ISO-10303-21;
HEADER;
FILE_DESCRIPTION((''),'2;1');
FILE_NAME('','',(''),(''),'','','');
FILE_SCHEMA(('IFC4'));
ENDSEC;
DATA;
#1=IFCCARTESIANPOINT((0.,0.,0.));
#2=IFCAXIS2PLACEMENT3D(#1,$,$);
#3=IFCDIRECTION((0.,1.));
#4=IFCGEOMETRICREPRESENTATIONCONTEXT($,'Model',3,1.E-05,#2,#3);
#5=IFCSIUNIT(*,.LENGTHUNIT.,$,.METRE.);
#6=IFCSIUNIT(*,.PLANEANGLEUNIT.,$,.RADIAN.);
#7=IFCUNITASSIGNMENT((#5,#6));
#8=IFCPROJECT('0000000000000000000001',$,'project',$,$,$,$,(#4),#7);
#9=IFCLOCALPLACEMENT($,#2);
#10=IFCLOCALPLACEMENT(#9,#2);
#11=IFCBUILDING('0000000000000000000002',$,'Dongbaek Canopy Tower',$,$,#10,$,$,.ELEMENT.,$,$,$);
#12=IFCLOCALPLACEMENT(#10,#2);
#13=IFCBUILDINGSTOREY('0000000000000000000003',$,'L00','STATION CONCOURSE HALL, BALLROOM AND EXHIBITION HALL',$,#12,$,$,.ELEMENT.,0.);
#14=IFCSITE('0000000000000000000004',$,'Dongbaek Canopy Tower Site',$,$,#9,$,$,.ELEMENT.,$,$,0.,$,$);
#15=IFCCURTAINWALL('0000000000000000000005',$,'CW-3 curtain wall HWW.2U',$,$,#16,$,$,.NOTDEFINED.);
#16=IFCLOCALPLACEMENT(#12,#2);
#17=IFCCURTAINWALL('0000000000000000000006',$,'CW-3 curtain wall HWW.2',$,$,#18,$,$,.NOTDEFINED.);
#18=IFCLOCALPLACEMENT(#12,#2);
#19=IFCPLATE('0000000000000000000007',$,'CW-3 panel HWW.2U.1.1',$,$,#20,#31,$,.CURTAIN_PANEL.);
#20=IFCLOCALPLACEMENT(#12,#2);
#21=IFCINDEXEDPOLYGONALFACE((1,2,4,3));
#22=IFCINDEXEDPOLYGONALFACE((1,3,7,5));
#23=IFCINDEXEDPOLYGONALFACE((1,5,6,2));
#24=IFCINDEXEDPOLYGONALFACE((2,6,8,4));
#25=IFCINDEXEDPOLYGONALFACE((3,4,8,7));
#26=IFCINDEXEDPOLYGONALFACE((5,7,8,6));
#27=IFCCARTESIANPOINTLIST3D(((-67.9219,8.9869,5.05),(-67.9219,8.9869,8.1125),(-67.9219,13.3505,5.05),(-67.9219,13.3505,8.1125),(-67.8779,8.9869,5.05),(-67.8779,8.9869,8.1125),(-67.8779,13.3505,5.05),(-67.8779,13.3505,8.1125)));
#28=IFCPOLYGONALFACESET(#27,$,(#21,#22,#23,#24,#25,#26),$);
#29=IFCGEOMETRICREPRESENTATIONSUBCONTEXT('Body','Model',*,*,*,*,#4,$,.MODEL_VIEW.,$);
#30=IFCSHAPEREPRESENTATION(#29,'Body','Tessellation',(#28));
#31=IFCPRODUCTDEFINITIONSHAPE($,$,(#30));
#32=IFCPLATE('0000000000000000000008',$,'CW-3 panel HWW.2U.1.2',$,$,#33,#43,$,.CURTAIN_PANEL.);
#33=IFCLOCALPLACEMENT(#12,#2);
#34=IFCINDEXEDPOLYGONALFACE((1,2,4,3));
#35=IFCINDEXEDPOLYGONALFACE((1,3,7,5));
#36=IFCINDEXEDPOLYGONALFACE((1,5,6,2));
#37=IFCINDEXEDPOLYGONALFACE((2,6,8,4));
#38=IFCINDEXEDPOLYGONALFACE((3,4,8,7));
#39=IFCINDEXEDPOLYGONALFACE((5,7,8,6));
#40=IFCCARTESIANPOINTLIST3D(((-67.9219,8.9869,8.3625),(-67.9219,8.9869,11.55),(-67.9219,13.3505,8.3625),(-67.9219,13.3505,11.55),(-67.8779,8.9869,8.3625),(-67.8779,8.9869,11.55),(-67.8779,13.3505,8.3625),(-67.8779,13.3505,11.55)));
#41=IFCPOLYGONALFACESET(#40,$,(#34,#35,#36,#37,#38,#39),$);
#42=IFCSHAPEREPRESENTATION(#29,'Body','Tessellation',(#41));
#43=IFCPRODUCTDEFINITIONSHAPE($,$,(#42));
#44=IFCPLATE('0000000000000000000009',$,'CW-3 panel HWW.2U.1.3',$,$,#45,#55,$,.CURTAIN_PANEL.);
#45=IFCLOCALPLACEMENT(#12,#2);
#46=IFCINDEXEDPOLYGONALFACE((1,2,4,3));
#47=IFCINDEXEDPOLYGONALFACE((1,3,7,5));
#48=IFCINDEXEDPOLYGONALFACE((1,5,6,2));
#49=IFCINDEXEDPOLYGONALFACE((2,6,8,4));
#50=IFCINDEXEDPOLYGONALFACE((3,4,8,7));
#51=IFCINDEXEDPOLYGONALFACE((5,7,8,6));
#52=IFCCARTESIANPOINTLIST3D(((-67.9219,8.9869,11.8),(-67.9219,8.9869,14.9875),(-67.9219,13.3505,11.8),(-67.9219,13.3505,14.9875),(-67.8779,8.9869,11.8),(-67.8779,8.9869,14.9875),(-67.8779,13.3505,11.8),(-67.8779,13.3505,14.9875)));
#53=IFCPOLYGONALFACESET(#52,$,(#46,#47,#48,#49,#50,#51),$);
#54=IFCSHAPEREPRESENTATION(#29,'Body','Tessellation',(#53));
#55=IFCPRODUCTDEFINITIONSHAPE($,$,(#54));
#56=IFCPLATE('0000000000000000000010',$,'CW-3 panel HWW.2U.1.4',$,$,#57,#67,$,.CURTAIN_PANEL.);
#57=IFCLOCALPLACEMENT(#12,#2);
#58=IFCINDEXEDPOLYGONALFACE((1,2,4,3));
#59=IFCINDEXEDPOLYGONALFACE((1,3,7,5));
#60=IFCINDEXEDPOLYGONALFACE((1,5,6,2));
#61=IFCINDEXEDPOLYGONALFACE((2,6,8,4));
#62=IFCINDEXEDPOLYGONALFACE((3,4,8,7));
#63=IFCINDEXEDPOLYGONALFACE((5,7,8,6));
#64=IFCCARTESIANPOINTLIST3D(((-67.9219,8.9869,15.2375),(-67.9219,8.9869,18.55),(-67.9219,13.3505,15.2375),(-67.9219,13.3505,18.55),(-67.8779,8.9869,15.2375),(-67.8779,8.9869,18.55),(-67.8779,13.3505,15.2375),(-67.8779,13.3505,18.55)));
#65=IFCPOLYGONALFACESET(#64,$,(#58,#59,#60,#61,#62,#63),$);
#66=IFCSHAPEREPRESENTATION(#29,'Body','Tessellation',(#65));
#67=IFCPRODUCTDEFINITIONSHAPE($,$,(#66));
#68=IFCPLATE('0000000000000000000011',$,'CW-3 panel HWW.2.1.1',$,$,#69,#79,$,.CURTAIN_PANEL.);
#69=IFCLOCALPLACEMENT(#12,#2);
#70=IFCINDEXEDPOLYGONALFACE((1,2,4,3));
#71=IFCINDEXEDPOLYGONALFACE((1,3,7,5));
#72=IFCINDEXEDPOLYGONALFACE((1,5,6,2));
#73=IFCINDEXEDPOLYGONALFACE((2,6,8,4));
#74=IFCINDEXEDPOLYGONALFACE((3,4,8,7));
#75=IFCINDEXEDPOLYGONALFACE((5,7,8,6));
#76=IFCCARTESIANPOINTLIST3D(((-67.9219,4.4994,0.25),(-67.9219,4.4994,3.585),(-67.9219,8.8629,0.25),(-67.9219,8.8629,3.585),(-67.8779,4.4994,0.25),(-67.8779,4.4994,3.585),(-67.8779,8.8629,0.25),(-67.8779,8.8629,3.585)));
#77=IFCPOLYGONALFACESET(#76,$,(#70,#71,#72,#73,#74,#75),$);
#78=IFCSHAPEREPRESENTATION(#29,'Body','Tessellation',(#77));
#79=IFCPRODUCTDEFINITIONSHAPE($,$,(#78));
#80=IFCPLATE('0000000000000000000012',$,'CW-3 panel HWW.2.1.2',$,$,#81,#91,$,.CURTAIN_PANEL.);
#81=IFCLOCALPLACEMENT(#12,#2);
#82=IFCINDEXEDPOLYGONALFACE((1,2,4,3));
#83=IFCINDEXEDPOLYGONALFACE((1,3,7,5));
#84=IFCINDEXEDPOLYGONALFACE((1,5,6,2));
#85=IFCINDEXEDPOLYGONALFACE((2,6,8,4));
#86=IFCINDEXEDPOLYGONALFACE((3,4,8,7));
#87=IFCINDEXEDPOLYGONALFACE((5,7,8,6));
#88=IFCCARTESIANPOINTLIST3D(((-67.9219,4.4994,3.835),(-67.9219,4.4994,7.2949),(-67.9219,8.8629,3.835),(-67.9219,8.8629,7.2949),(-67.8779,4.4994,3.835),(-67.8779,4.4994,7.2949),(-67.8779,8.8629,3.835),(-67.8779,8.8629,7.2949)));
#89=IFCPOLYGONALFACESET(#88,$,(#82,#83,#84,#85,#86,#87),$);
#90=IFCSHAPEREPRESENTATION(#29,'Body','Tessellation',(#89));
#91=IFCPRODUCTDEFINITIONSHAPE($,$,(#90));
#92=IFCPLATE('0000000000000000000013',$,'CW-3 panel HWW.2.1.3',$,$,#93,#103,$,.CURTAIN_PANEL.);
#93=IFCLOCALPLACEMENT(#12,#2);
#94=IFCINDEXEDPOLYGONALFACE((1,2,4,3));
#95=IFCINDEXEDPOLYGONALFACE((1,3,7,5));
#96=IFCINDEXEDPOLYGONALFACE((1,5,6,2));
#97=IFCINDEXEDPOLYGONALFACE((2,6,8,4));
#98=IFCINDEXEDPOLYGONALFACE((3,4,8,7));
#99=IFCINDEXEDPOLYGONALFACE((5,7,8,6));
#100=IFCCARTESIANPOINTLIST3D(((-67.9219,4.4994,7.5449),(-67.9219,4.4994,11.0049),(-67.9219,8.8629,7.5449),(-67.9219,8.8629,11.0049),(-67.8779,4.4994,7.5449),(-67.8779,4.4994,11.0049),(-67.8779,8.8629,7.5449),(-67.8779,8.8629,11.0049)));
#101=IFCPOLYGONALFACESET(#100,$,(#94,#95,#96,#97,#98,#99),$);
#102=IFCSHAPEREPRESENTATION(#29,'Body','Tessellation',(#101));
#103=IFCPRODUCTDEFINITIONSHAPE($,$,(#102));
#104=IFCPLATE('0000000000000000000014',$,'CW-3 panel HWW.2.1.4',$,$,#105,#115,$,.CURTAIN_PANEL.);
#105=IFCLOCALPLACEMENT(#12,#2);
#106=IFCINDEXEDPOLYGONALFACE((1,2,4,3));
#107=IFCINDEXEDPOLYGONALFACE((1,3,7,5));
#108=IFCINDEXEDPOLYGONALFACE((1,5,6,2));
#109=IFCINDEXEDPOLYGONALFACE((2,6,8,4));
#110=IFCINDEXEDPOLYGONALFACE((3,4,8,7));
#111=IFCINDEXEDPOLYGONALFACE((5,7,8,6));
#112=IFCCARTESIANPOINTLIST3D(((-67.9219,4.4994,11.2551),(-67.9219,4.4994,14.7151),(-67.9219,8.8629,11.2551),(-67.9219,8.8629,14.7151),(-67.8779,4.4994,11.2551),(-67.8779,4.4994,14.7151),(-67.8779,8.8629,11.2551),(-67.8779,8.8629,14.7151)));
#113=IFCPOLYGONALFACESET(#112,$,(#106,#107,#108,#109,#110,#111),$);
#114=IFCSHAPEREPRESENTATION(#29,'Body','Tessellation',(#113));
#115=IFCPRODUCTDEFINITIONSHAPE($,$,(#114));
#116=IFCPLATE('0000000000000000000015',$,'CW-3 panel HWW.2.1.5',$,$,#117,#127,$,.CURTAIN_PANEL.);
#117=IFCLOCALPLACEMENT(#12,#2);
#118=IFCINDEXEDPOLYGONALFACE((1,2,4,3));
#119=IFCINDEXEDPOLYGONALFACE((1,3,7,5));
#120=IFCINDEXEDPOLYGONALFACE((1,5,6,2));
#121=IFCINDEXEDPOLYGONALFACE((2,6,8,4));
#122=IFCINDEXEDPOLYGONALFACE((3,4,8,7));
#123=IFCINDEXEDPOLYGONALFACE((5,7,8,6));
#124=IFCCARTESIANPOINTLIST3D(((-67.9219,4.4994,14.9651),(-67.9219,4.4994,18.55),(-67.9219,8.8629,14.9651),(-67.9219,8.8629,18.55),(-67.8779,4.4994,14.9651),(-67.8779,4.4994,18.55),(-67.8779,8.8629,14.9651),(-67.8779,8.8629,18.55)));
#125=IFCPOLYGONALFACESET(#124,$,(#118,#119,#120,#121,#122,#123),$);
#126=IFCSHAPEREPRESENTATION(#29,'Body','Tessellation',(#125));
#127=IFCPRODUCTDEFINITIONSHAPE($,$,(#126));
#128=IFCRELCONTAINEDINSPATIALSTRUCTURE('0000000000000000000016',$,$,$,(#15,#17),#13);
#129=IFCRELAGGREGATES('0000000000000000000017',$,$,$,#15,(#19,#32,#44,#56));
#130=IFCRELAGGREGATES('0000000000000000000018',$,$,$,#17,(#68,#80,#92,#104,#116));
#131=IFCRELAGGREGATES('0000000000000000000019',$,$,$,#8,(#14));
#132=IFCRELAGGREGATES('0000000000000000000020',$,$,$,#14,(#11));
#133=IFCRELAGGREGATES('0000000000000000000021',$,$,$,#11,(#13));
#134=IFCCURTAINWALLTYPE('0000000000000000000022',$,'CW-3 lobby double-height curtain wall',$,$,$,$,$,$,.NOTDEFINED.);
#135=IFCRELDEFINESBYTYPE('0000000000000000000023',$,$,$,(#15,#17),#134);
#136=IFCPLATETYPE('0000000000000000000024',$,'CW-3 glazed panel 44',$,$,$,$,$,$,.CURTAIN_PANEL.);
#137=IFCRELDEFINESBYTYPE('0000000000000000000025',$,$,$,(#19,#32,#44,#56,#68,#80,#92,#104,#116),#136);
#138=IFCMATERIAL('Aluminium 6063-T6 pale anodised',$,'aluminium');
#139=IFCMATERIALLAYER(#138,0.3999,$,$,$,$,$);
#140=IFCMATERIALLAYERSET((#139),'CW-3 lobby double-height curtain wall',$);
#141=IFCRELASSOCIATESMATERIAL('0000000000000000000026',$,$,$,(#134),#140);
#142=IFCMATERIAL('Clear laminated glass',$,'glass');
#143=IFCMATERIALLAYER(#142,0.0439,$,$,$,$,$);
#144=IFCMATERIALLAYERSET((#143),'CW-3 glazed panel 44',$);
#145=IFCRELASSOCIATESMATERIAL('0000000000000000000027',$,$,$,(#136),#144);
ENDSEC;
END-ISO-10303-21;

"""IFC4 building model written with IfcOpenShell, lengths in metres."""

from ifc_helpers import new_model, si_unit, direction, frame, origin, origin_2d, place, context, subcontext, project, spatial, rectangle, extrude, material, layer, layer_set, type_object, element, aggregate, save


model = new_model("IFC4")

# Units and contexts
model_context = context("Model", 3, precision=1e-05, world=origin(), true_north=direction((0.0, 1.0)))
body_context = subcontext(model_context, "Body", "Model", "MODEL_VIEW")
ifc_project = project(units=[si_unit("LENGTHUNIT", "METRE"), si_unit("PLANEANGLEUNIT", "RADIAN")], contexts=[model_context])

# Site, building, storey
site_placement = place(None, origin())
site = spatial("IfcSite", under=ifc_project, at=site_placement, Name="Dongbaek Canopy Tower Site", CompositionType="ELEMENT", RefElevation=0.0)
building_placement = place(site_placement, origin())
building = spatial("IfcBuilding", under=site, at=building_placement, Name="Dongbaek Canopy Tower", CompositionType="ELEMENT")
storey_placement = place(building_placement, origin())
storey = spatial("IfcBuildingStorey", under=building, at=storey_placement, Name="L00", Description="STATION CONCOURSE HALL, BALLROOM AND EXHIBITION HALL", CompositionType="ELEMENT", Elevation=0.0)

# Curtain walls
ifc_material_1 = material(Name="Aluminium 6063-T6 pale anodised", Category="aluminium")
ifc_layer_1 = layer(ifc_material_1, 0.3999)
ifc_layer_set_1 = layer_set([ifc_layer_1], Name="CW-3 lobby double-height curtain wall")
curtain_wall_type = type_object("IfcCurtainWallType", Name="CW-3 lobby double-height curtain wall", PredefinedType="NOTDEFINED", material=ifc_layer_set_1)
curtain_wall_1_placement = place(storey_placement, origin())
curtain_wall_1 = element("IfcCurtainWall", 1, at=curtain_wall_1_placement, inside=storey, type_object=curtain_wall_type, Name="CW-3 curtain wall HWW.2U", PredefinedType="NOTDEFINED")
curtain_wall_2_placement = place(storey_placement, origin())
curtain_wall_2 = element("IfcCurtainWall", 2, at=curtain_wall_2_placement, inside=storey, type_object=curtain_wall_type, Name="CW-3 curtain wall HWW.2", PredefinedType="NOTDEFINED")

# Plates
ifc_material_2 = material(Name="Clear laminated glass", Category="glass")
ifc_layer_2 = layer(ifc_material_2, 0.0439)
ifc_layer_set_2 = layer_set([ifc_layer_2], Name="CW-3 glazed panel 44")
plate_type = type_object("IfcPlateType", Name="CW-3 glazed panel 44", PredefinedType="CURTAIN_PANEL", material=ifc_layer_set_2)
plate_1_placement = place(storey_placement, frame((-67.8999, 11.1687, 5.05), z_axis=(0.0, 0.0, 1.0), x_axis=(0.0, -1.0, 0.0)))
plate_1 = element("IfcPlate", 3, at=plate_1_placement, type_object=plate_type, Name="CW-3 panel HWW.2U.1.1", PredefinedType="CURTAIN_PANEL", context=body_context, shape_type="SweptSolid", body=[
    extrude(rectangle(XDim=4.3635, YDim=0.0439, at=origin_2d()), origin(), (0.0, 0.0, 1.0), 3.0625),
])
plate_2_placement = place(storey_placement, frame((-67.8999, 11.1687, 8.3625), z_axis=(0.0, 0.0, 1.0), x_axis=(0.0, -1.0, 0.0)))
plate_2 = element("IfcPlate", 4, at=plate_2_placement, type_object=plate_type, Name="CW-3 panel HWW.2U.1.2", PredefinedType="CURTAIN_PANEL", context=body_context, shape_type="SweptSolid", body=[
    extrude(rectangle(XDim=4.3635, YDim=0.0439, at=origin_2d()), origin(), (0.0, 0.0, 1.0), 3.1875),
])
plate_3_placement = place(storey_placement, frame((-67.8999, 11.1687, 11.8), z_axis=(0.0, 0.0, 1.0), x_axis=(0.0, -1.0, 0.0)))
plate_3 = element("IfcPlate", 5, at=plate_3_placement, type_object=plate_type, Name="CW-3 panel HWW.2U.1.3", PredefinedType="CURTAIN_PANEL", context=body_context, shape_type="SweptSolid", body=[
    extrude(rectangle(XDim=4.3635, YDim=0.0439, at=origin_2d()), origin(), (0.0, 0.0, 1.0), 3.1875),
])
plate_4_placement = place(storey_placement, frame((-67.8999, 11.1687, 15.2375), z_axis=(0.0, 0.0, 1.0), x_axis=(0.0, -1.0, 0.0)))
plate_4 = element("IfcPlate", 6, at=plate_4_placement, type_object=plate_type, Name="CW-3 panel HWW.2U.1.4", PredefinedType="CURTAIN_PANEL", context=body_context, shape_type="SweptSolid", body=[
    extrude(rectangle(XDim=4.3635, YDim=0.0439, at=origin_2d()), origin(), (0.0, 0.0, 1.0), 3.3125),
])
aggregate(curtain_wall_1, [plate_1, plate_2, plate_3, plate_4])
plate_5_placement = place(storey_placement, frame((-67.8999, 6.6812, 0.25), z_axis=(0.0, 0.0, 1.0), x_axis=(0.0, -1.0, 0.0)))
plate_5 = element("IfcPlate", 7, at=plate_5_placement, type_object=plate_type, Name="CW-3 panel HWW.2.1.1", PredefinedType="CURTAIN_PANEL", context=body_context, shape_type="SweptSolid", body=[
    extrude(rectangle(XDim=4.3635, YDim=0.0439, at=origin_2d()), origin(), (0.0, 0.0, 1.0), 3.335),
])
plate_6_placement = place(storey_placement, frame((-67.8999, 6.6812, 3.835), z_axis=(0.0, 0.0, 1.0), x_axis=(0.0, -1.0, 0.0)))
plate_6 = element("IfcPlate", 8, at=plate_6_placement, type_object=plate_type, Name="CW-3 panel HWW.2.1.2", PredefinedType="CURTAIN_PANEL", context=body_context, shape_type="SweptSolid", body=[
    extrude(rectangle(XDim=4.3635, YDim=0.0439, at=origin_2d()), origin(), (0.0, 0.0, 1.0), 3.46),
])
plate_7_placement = place(storey_placement, frame((-67.8999, 6.6812, 7.5449), z_axis=(0.0, 0.0, 1.0), x_axis=(0.0, -1.0, 0.0)))
plate_7 = element("IfcPlate", 9, at=plate_7_placement, type_object=plate_type, Name="CW-3 panel HWW.2.1.3", PredefinedType="CURTAIN_PANEL", context=body_context, shape_type="SweptSolid", body=[
    extrude(rectangle(XDim=4.3635, YDim=0.0439, at=origin_2d()), origin(), (0.0, 0.0, 1.0), 3.46),
])
plate_8_placement = place(storey_placement, frame((-67.8999, 6.6812, 11.2551), z_axis=(0.0, 0.0, 1.0), x_axis=(0.0, -1.0, 0.0)))
plate_8 = element("IfcPlate", 10, at=plate_8_placement, type_object=plate_type, Name="CW-3 panel HWW.2.1.4", PredefinedType="CURTAIN_PANEL", context=body_context, shape_type="SweptSolid", body=[
    extrude(rectangle(XDim=4.3635, YDim=0.0439, at=origin_2d()), origin(), (0.0, 0.0, 1.0), 3.46),
])
plate_9_placement = place(storey_placement, frame((-67.8999, 6.6812, 14.9651), z_axis=(0.0, 0.0, 1.0), x_axis=(0.0, -1.0, 0.0)))
plate_9 = element("IfcPlate", 11, at=plate_9_placement, type_object=plate_type, Name="CW-3 panel HWW.2.1.5", PredefinedType="CURTAIN_PANEL", context=body_context, shape_type="SweptSolid", body=[
    extrude(rectangle(XDim=4.3635, YDim=0.0439, at=origin_2d()), origin(), (0.0, 0.0, 1.0), 3.585),
])
aggregate(curtain_wall_2, [plate_5, plate_6, plate_7, plate_8, plate_9])

save(model, "model.ifc")
